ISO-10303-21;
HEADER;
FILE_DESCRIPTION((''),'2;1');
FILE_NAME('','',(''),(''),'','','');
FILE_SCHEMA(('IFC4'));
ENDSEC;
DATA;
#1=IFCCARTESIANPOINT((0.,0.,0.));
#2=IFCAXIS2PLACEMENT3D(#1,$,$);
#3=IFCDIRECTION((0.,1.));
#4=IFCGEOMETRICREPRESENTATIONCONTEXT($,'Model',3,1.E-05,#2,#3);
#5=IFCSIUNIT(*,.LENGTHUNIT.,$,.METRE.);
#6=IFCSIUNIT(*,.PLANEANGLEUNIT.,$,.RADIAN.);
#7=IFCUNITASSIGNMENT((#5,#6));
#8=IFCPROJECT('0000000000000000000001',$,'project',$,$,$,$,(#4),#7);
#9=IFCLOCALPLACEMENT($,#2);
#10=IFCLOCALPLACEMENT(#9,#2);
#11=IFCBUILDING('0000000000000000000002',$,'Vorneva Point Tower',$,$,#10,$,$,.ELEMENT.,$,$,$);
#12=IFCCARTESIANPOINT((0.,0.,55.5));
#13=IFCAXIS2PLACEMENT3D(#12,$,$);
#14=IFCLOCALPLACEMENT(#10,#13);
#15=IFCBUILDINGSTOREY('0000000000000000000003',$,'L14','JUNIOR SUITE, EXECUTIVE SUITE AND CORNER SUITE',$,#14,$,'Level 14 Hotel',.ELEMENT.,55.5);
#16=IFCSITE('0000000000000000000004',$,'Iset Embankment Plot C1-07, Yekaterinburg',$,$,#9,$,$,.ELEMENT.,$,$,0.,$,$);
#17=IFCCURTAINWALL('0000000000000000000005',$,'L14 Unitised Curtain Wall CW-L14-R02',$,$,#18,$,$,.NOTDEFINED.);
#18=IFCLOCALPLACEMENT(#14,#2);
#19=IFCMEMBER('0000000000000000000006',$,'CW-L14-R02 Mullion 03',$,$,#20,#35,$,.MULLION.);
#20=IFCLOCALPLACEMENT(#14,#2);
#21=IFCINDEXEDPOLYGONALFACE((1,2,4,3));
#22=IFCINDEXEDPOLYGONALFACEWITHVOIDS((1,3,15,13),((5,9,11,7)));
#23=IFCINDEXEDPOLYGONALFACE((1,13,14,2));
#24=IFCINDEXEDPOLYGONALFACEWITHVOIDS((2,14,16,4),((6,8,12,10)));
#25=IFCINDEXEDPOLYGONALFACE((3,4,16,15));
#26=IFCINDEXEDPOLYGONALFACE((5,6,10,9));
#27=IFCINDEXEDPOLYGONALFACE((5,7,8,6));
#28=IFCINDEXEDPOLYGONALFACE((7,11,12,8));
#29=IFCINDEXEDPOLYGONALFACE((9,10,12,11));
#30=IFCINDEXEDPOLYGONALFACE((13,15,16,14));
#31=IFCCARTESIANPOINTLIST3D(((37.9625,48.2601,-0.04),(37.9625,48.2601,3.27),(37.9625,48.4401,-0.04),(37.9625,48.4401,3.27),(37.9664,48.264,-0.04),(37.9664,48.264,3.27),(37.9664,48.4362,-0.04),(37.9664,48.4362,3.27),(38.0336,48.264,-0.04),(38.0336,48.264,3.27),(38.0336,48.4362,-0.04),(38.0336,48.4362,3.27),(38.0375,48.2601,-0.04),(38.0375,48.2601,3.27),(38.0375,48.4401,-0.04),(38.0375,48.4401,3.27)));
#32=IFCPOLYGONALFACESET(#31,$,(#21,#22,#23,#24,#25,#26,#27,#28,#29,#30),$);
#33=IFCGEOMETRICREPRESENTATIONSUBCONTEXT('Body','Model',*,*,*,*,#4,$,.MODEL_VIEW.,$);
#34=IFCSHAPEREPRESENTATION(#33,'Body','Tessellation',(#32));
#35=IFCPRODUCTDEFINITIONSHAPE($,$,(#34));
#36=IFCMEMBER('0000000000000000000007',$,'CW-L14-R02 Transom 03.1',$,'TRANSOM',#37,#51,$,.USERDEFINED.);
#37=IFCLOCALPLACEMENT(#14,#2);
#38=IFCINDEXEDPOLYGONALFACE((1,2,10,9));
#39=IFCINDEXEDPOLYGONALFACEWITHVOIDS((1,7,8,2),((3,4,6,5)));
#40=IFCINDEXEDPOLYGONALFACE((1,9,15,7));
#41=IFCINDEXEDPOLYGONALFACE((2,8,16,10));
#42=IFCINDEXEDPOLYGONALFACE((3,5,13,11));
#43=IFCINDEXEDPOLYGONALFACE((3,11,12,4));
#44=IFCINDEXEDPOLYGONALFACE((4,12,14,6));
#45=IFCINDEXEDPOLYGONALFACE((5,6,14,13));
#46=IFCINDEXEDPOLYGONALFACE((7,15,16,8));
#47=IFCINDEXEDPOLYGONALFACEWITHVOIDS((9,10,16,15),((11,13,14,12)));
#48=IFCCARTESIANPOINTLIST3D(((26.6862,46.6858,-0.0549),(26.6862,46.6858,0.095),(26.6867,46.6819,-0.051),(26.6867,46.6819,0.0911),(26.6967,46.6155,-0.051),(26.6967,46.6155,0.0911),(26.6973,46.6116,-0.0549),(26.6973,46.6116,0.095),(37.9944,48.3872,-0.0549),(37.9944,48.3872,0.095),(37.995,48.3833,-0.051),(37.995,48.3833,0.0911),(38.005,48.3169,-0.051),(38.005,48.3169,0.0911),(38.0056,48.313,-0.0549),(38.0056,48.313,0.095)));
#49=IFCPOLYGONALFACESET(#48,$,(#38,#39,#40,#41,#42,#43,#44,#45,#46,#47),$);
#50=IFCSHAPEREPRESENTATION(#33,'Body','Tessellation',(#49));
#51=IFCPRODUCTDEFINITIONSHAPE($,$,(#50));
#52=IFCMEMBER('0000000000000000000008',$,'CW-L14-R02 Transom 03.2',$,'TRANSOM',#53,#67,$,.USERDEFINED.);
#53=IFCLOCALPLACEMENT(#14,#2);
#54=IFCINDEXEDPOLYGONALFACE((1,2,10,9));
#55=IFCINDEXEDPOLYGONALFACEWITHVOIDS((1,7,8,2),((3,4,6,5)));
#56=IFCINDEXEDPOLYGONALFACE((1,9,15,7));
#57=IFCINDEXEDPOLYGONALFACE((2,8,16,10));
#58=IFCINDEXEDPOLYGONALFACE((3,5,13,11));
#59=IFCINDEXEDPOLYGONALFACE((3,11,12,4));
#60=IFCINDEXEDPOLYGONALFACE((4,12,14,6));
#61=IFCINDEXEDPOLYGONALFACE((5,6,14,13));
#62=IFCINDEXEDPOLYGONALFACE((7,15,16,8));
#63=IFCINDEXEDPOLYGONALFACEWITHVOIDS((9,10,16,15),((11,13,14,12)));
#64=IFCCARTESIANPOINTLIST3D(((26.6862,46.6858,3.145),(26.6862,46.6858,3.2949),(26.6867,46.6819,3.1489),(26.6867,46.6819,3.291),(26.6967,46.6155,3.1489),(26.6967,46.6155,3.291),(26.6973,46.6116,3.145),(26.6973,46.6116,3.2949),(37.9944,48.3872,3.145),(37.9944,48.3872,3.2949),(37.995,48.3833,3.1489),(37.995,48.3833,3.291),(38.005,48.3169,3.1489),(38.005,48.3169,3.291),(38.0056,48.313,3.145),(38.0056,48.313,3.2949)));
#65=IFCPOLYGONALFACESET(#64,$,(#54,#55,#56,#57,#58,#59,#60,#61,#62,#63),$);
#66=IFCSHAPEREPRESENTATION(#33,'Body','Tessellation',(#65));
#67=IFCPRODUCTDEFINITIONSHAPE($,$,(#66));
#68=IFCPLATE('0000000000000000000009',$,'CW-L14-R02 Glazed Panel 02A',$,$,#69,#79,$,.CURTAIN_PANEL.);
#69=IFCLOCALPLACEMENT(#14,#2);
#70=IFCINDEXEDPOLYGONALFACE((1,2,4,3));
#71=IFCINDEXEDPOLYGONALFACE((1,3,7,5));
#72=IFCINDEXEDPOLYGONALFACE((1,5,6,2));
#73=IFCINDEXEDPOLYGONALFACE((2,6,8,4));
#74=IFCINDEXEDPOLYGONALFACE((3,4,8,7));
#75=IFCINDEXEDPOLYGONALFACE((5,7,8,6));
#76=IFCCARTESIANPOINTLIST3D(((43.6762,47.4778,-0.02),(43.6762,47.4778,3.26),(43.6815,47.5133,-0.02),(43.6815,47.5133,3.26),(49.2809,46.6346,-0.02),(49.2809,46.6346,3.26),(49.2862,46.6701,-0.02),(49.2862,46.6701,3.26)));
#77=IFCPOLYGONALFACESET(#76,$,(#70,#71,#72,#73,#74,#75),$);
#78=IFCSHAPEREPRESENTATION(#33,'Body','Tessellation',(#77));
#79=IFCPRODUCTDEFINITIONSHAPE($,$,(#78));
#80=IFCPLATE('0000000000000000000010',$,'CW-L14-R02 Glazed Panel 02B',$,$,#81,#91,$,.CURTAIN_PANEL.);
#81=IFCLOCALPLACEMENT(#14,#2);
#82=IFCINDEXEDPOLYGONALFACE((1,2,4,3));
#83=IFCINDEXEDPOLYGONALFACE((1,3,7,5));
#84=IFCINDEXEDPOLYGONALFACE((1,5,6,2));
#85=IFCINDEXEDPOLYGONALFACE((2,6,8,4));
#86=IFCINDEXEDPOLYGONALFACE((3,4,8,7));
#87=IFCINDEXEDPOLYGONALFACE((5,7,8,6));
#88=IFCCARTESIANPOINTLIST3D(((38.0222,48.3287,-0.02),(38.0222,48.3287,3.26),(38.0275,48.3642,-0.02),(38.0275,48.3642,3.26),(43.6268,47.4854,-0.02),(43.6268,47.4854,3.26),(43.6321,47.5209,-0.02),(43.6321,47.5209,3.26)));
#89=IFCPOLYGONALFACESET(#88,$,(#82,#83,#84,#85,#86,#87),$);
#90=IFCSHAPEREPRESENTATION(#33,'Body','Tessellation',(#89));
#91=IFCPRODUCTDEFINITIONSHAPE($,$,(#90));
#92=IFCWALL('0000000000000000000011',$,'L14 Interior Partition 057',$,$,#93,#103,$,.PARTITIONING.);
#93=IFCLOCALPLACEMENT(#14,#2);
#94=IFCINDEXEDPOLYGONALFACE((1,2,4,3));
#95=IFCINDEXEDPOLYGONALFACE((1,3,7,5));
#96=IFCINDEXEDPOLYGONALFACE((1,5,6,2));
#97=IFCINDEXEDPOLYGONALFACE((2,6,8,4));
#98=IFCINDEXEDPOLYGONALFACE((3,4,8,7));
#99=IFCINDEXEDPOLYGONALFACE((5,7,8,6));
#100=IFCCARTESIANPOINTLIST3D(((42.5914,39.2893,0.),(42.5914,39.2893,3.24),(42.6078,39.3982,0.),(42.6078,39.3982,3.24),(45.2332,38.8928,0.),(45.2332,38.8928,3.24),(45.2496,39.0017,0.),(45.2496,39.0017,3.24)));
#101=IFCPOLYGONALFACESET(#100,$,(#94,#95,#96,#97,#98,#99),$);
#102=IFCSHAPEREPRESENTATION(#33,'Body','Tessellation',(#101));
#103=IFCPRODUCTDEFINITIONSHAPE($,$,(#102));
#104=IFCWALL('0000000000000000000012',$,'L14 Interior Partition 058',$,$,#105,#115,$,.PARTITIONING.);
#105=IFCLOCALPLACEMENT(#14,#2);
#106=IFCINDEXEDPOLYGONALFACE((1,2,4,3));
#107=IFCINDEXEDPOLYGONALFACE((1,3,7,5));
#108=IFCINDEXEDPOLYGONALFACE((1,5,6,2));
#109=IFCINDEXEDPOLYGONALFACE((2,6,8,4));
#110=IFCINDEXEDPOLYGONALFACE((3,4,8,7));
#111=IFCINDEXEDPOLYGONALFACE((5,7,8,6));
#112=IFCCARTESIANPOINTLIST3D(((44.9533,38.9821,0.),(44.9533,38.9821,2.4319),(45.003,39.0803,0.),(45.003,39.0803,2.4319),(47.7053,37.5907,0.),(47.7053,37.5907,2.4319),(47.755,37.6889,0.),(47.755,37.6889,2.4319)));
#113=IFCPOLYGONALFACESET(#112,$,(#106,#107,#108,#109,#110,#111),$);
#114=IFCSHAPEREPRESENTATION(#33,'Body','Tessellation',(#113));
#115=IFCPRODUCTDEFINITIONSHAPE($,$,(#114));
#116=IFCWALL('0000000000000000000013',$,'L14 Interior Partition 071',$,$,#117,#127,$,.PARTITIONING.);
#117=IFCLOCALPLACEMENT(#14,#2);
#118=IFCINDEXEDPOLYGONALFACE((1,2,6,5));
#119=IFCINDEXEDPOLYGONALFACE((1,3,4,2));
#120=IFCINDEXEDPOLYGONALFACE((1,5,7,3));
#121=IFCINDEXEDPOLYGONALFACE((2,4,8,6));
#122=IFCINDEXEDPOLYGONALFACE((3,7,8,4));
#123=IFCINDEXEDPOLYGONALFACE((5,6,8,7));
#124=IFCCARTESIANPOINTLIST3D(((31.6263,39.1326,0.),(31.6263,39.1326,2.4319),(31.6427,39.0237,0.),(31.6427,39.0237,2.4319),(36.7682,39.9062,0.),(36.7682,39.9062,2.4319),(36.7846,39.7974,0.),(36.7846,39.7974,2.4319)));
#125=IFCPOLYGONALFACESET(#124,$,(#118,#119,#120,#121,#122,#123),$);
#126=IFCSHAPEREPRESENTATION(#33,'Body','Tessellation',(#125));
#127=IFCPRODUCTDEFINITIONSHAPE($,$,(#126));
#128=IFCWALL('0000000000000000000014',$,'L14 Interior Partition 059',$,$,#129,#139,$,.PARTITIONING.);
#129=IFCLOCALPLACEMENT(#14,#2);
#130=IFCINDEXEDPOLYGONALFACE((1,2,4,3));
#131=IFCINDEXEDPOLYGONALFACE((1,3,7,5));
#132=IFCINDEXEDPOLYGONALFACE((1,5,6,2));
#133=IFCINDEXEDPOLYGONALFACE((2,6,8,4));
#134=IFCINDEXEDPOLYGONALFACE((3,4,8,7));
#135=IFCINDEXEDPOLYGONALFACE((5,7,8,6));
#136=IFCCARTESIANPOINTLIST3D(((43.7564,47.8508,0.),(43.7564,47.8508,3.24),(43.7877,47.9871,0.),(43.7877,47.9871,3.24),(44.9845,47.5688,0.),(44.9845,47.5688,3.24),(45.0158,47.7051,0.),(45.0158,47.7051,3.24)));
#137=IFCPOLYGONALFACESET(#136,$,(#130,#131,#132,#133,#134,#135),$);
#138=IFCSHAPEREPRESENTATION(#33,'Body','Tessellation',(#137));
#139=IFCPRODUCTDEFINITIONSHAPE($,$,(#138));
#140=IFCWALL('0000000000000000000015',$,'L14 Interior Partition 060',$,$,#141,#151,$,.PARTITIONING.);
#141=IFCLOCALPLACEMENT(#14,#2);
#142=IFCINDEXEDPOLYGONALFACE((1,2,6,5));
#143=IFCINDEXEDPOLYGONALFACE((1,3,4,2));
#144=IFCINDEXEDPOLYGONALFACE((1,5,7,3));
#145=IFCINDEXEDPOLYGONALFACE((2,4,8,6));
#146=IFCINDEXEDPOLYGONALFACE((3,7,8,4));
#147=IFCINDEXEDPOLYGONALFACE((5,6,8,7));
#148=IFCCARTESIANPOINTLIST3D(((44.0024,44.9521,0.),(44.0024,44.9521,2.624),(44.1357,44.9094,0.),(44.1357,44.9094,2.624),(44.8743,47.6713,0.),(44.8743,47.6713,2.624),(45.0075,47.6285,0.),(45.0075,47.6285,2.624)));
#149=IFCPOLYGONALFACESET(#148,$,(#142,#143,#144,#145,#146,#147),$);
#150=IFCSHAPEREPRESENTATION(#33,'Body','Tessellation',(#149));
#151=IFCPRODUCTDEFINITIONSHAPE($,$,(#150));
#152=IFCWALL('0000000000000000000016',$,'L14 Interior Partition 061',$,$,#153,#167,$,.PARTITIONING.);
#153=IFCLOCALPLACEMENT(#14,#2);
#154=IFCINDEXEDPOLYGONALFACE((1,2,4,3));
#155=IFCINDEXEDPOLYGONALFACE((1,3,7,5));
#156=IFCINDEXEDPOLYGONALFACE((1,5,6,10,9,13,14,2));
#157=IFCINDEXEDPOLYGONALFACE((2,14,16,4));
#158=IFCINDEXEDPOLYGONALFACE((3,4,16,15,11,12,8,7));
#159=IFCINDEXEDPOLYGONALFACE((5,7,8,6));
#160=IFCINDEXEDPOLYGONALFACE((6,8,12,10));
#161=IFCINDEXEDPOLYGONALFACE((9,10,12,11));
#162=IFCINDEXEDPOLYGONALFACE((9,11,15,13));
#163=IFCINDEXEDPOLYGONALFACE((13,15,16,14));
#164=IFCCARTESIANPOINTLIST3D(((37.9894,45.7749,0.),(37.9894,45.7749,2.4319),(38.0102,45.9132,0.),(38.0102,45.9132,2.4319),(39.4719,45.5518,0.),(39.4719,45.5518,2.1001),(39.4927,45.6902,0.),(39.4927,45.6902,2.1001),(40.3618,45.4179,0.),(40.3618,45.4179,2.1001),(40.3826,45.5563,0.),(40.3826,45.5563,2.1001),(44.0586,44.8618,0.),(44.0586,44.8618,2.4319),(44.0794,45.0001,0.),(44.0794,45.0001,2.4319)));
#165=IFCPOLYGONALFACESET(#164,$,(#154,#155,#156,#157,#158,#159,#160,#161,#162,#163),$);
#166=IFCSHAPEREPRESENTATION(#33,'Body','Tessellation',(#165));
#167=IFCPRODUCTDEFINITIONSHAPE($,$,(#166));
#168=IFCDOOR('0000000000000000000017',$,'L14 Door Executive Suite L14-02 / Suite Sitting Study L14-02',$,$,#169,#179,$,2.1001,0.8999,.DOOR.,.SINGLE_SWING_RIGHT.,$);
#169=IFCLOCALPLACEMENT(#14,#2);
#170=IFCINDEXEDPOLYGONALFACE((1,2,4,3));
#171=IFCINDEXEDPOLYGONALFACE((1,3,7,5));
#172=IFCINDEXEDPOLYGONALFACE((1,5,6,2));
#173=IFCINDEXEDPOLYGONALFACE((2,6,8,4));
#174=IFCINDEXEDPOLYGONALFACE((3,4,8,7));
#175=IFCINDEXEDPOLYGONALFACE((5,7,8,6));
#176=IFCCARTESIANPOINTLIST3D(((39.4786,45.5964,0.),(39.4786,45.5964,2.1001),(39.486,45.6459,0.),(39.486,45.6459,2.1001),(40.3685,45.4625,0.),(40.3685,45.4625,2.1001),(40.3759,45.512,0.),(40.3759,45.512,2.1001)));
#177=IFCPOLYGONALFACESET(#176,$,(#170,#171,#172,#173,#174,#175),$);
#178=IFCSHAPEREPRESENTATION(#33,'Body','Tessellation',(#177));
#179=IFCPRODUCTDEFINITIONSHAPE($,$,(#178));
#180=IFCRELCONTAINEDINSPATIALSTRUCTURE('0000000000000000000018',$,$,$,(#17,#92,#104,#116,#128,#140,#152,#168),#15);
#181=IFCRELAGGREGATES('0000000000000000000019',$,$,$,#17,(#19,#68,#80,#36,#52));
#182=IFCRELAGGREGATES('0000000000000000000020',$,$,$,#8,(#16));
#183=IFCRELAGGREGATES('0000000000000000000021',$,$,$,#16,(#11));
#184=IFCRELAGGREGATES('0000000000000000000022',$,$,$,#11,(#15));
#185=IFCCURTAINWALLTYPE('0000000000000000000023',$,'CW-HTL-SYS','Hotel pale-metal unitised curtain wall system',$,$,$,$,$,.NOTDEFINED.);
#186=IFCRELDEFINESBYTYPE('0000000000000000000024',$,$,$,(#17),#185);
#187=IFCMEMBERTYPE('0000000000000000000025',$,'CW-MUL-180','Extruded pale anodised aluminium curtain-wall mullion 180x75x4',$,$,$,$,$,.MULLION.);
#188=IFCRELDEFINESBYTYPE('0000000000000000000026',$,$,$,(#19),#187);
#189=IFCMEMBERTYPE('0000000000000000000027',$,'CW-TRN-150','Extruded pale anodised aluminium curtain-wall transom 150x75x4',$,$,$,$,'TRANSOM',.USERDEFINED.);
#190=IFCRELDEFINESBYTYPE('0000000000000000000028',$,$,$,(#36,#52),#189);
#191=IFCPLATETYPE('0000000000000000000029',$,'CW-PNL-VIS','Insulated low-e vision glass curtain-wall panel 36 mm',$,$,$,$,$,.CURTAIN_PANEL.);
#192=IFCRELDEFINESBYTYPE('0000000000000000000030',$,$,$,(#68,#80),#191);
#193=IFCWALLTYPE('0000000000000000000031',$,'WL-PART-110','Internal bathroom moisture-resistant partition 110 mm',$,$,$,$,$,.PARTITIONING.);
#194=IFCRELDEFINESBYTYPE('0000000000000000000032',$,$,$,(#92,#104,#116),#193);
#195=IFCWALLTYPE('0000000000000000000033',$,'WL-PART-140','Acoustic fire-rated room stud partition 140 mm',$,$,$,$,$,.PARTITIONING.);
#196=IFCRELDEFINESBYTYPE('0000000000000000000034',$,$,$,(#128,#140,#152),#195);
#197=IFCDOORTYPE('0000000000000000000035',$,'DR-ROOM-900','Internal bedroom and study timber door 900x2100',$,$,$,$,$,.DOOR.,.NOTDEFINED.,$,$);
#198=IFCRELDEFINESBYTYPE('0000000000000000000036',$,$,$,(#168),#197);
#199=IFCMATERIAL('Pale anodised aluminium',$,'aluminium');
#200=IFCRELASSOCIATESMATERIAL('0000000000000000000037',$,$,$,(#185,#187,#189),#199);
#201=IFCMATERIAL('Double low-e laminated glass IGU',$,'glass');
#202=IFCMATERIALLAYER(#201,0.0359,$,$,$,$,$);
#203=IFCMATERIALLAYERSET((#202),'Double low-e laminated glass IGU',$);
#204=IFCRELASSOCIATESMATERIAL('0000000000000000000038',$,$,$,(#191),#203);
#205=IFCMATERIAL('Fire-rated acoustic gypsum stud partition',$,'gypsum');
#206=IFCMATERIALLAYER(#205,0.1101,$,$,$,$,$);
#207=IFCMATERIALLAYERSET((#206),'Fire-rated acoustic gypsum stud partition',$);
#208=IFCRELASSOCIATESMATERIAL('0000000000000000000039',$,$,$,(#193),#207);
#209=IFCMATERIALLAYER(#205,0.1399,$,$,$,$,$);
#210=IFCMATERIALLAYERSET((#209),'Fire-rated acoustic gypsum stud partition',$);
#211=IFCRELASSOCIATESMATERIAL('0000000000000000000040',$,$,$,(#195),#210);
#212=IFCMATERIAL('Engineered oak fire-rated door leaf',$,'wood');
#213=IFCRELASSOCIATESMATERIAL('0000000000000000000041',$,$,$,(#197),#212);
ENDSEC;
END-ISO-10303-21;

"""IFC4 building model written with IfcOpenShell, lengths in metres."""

from ifc_helpers import new_model, si_unit, direction, frame, frame_2d, origin, origin_2d, place, context, subcontext, project, spatial, rectangle, hollow_rectangle, extrude, material, layer, layer_set, material_profile, profile_set, type_object, element, fill, aggregate, save


model = new_model("IFC4")

# Units and contexts
model_context = context("Model", 3, precision=1e-05, world=origin(), true_north=direction((0.0, 1.0)))
body_context = subcontext(model_context, "Body", "Model", "MODEL_VIEW")
ifc_project = project(units=[si_unit("LENGTHUNIT", "METRE"), si_unit("PLANEANGLEUNIT", "RADIAN")], contexts=[model_context])

# Site, building, storey
site_placement = place(None, origin())
site = spatial("IfcSite", under=ifc_project, at=site_placement, Name="Iset Embankment Plot C1-07, Yekaterinburg", CompositionType="ELEMENT", RefElevation=0.0)
building_placement = place(site_placement, origin())
building = spatial("IfcBuilding", under=site, at=building_placement, Name="Vorneva Point Tower", CompositionType="ELEMENT")
storey_placement = place(building_placement, frame((0.0, 0.0, 55.5)))
storey = spatial("IfcBuildingStorey", under=building, at=storey_placement, Name="L14", Description="JUNIOR SUITE, EXECUTIVE SUITE AND CORNER SUITE", LongName="Level 14 Hotel", CompositionType="ELEMENT", Elevation=55.5)

# Curtain wall, members, plates
ifc_material_1 = material(Name="Pale anodised aluminium", Category="aluminium")
curtain_wall_type = type_object("IfcCurtainWallType", Name="CW-HTL-SYS", Description="Hotel pale-metal unitised curtain wall system", PredefinedType="NOTDEFINED", material=ifc_material_1)
curtain_wall_placement = place(storey_placement, origin())
curtain_wall = element("IfcCurtainWall", 1, at=curtain_wall_placement, inside=storey, type_object=curtain_wall_type, Name="L14 Unitised Curtain Wall CW-L14-R02", PredefinedType="NOTDEFINED")
ifc_material_profile_1 = material_profile(ifc_material_1, hollow_rectangle(XDim=0.075, YDim=0.1799, WallThickness=0.0039, at=origin_2d()), Name="AL-MUL 180x75x4")
ifc_profile_set_1 = profile_set([ifc_material_profile_1], Name="Pale anodised aluminium")
member_type_1 = type_object("IfcMemberType", Name="CW-MUL-180", Description="Extruded pale anodised aluminium curtain-wall mullion 180x75x4", PredefinedType="MULLION", material=ifc_profile_set_1)
member_1_placement = place(storey_placement, frame((38.0, 48.3501, -0.04), z_axis=(0.0, 0.0, 1.0), x_axis=(1.0, 0.0, 0.0)))
member_1 = element("IfcMember", 2, at=member_1_placement, type_object=member_type_1, Name="CW-L14-R02 Mullion 03", PredefinedType="MULLION", context=body_context, shape_type="SweptSolid", body=[
    extrude(hollow_rectangle(XDim=0.075, YDim=0.1799, WallThickness=0.0039, at=origin_2d()), origin(), (0.0, 0.0, 1.0), 3.3101),
])
ifc_material_profile_2 = material_profile(ifc_material_1, hollow_rectangle(XDim=0.075, YDim=0.1499, WallThickness=0.0039, at=origin_2d()), Name="AL-TRN 150x75x4")
ifc_profile_set_2 = profile_set([ifc_material_profile_2], Name="Pale anodised aluminium")
member_type_2 = type_object("IfcMemberType", Name="CW-TRN-150", Description="Extruded pale anodised aluminium curtain-wall transom 150x75x4", ElementType="TRANSOM", PredefinedType="USERDEFINED", material=ifc_profile_set_2)
member_2_placement = place(storey_placement, frame((38.0, 48.3501, 0.02), z_axis=(-0.98887, -0.148782, 0.0), x_axis=(0.148782, -0.98887, 0.0)))
member_2 = element("IfcMember", 3, at=member_2_placement, type_object=member_type_2, Name="CW-L14-R02 Transom 03.1", ObjectType="TRANSOM", PredefinedType="USERDEFINED", context=body_context, shape_type="SweptSolid", body=[
    extrude(hollow_rectangle(XDim=0.075, YDim=0.1499, WallThickness=0.0039, at=origin_2d()), origin(), (0.0, 0.0, 1.0), 11.4355),
])
member_3_placement = place(storey_placement, frame((38.0, 48.3501, 3.22), z_axis=(-0.98887, -0.148782, 0.0), x_axis=(0.148782, -0.98887, 0.0)))
member_3 = element("IfcMember", 4, at=member_3_placement, type_object=member_type_2, Name="CW-L14-R02 Transom 03.2", ObjectType="TRANSOM", PredefinedType="USERDEFINED", context=body_context, shape_type="SweptSolid", body=[
    extrude(hollow_rectangle(XDim=0.075, YDim=0.1499, WallThickness=0.0039, at=origin_2d()), origin(), (0.0, 0.0, 1.0), 11.4355),
])
ifc_material_2 = material(Name="Double low-e laminated glass IGU", Category="glass")
ifc_layer_1 = layer(ifc_material_2, 0.0359)
ifc_layer_set_1 = layer_set([ifc_layer_1], Name="Double low-e laminated glass IGU")
plate_type = type_object("IfcPlateType", Name="CW-PNL-VIS", Description="Insulated low-e vision glass curtain-wall panel 36 mm", PredefinedType="CURTAIN_PANEL", material=ifc_layer_set_1)
plate_1_placement = place(storey_placement, frame((46.4812, 47.074, -0.02), z_axis=(0.0, 0.0, 1.0), x_axis=(-0.988871, 0.148776, 0.0)))
plate_1 = element("IfcPlate", 5, at=plate_1_placement, type_object=plate_type, Name="CW-L14-R02 Glazed Panel 02A", PredefinedType="CURTAIN_PANEL", context=body_context, shape_type="SweptSolid", body=[
    extrude(rectangle(XDim=5.6677, YDim=0.0359, at=origin_2d()), origin(), (0.0, 0.0, 1.0), 3.28),
])
plate_2_placement = place(storey_placement, frame((40.8271, 47.9248, -0.02), z_axis=(0.0, 0.0, 1.0), x_axis=(-0.988871, 0.148776, 0.0)))
plate_2 = element("IfcPlate", 6, at=plate_2_placement, type_object=plate_type, Name="CW-L14-R02 Glazed Panel 02B", PredefinedType="CURTAIN_PANEL", context=body_context, shape_type="SweptSolid", body=[
    extrude(rectangle(XDim=5.6677, YDim=0.0359, at=origin_2d()), origin(), (0.0, 0.0, 1.0), 3.28),
])
aggregate(curtain_wall, [member_1, plate_1, plate_2, member_2, member_3])

# Walls
ifc_material_3 = material(Name="Fire-rated acoustic gypsum stud partition", Category="gypsum")
ifc_layer_2 = layer(ifc_material_3, 0.1101)
ifc_layer_set_2 = layer_set([ifc_layer_2], Name="Fire-rated acoustic gypsum stud partition")
wall_type_1 = type_object("IfcWallType", Name="WL-PART-110", Description="Internal bathroom moisture-resistant partition 110 mm", PredefinedType="PARTITIONING", material=ifc_layer_set_2)
wall_1_placement = place(storey_placement, frame((42.5996, 39.3438, 0.0), z_axis=(0.0, 0.0, 1.0), x_axis=(0.988925, -0.148416, 0.0)))
element("IfcWall", 7, at=wall_1_placement, inside=storey, type_object=wall_type_1, Name="L14 Interior Partition 057", PredefinedType="PARTITIONING", context=body_context, shape_type="SweptSolid", body=[
    extrude(rectangle(XDim=2.6714, YDim=0.1101, at=frame_2d((1.3357, 0.0))), origin(), (0.0, 0.0, 1.0), 3.24),
])
wall_2_placement = place(storey_placement, frame((44.978, 39.0312, 0.0), z_axis=(0.0, 0.0, 1.0), x_axis=(0.892423, -0.451199, 0.0)))
element("IfcWall", 8, at=wall_2_placement, inside=storey, type_object=wall_type_1, Name="L14 Interior Partition 058", PredefinedType="PARTITIONING", context=body_context, shape_type="SweptSolid", body=[
    extrude(rectangle(XDim=3.0837, YDim=0.1101, at=frame_2d((1.542, 0.0))), origin(), (0.0, 0.0, 1.0), 2.4319),
])
wall_3_placement = place(storey_placement, frame((36.7764, 39.8518, 0.0), z_axis=(0.0, 0.0, 1.0), x_axis=(-0.988868, -0.148793, 0.0)))
element("IfcWall", 9, at=wall_3_placement, inside=storey, type_object=wall_type_1, Name="L14 Interior Partition 071", PredefinedType="PARTITIONING", context=body_context, shape_type="SweptSolid", body=[
    extrude(rectangle(XDim=5.1997, YDim=0.1101, at=frame_2d((2.5999, 0.0))), origin(), (0.0, 0.0, 1.0), 2.4319),
])
ifc_layer_3 = layer(ifc_material_3, 0.1399)
ifc_layer_set_3 = layer_set([ifc_layer_3], Name="Fire-rated acoustic gypsum stud partition")
wall_type_2 = type_object("IfcWallType", Name="WL-PART-140", Description="Acoustic fire-rated room stud partition 140 mm", PredefinedType="PARTITIONING", material=ifc_layer_set_3)
wall_4_placement = place(storey_placement, frame((45.0, 47.637, 0.0), z_axis=(0.0, 0.0, 1.0), x_axis=(-0.974636, 0.223798, 0.0)))
element("IfcWall", 10, at=wall_4_placement, inside=storey, type_object=wall_type_2, Name="L14 Interior Partition 059", PredefinedType="PARTITIONING", context=body_context, shape_type="SweptSolid", body=[
    extrude(rectangle(XDim=1.26, YDim=0.1399, at=frame_2d((0.6299, 0.0))), origin(), (0.0, 0.0, 1.0), 3.24),
])
wall_5_placement = place(storey_placement, frame((44.9409, 47.6499, 0.0), z_axis=(0.0, 0.0, 1.0), x_axis=(-0.305331, -0.952246, 0.0)))
element("IfcWall", 11, at=wall_5_placement, inside=storey, type_object=wall_type_2, Name="L14 Interior Partition 060", PredefinedType="PARTITIONING", context=body_context, shape_type="SweptSolid", body=[
    extrude(rectangle(XDim=2.8555, YDim=0.1399, at=frame_2d((1.4277, 0.0))), origin(), (0.0, 0.0, 1.0), 2.624),
])

# Wall, opening, door
wall_6_placement = place(storey_placement, frame((44.0691, 44.9309, 0.0), z_axis=(0.0, 0.0, 1.0), x_axis=(-0.988871, 0.148774, 0.0)))
wall_6 = element("IfcWall", 12, at=wall_6_placement, inside=storey, type_object=wall_type_2, Name="L14 Interior Partition 061", PredefinedType="PARTITIONING", context=body_context, shape_type="SweptSolid", body=[
    extrude(rectangle(XDim=6.1375, YDim=0.1399, at=frame_2d((3.0688, 0.0))), origin(), (0.0, 0.0, 1.0), 2.4319),
])
opening_1_placement = place(wall_6_placement, frame((3.7385, 0.0, 0.0)))
opening_1 = element("IfcOpeningElement", 13, at=opening_1_placement, cuts=wall_6, PredefinedType="OPENING", context=body_context, shape_type="SweptSolid", body=[
    extrude(rectangle(XDim=0.8999, YDim=2.1001, at=frame_2d((0.45, 1.05))), frame((0.0, 0.085, 0.0), z_axis=(0.0, -1.0, 0.0), x_axis=(1.0, 0.0, 0.0)), (0.0, 0.0, 1.0), 0.1697),
])
ifc_material_4 = material(Name="Engineered oak fire-rated door leaf", Category="wood")
door_type_1 = type_object("IfcDoorType", Name="DR-ROOM-900", Description="Internal bedroom and study timber door 900x2100", OperationType="NOTDEFINED", PredefinedType="DOOR", material=ifc_material_4)
door_1_placement = place(opening_1_placement, origin())
door_1 = element("IfcDoor", 14, at=door_1_placement, inside=storey, type_object=door_type_1, Name="L14 Door Executive Suite L14-02 / Suite Sitting Study L14-02", OperationType="SINGLE_SWING_RIGHT", OverallHeight=2.1001, OverallWidth=0.8999, PredefinedType="DOOR", context=body_context, shape_type="SweptSolid", body=[
    extrude(rectangle(XDim=0.8999, YDim=2.1001, at=frame_2d((0.45, 1.05))), frame((0.0, 0.0249, 0.0), z_axis=(0.0, -1.0, 0.0), x_axis=(1.0, 0.0, 0.0)), (0.0, 0.0, 1.0), 0.05),
])
fill(opening_1, door_1)

save(model, "model.ifc")
